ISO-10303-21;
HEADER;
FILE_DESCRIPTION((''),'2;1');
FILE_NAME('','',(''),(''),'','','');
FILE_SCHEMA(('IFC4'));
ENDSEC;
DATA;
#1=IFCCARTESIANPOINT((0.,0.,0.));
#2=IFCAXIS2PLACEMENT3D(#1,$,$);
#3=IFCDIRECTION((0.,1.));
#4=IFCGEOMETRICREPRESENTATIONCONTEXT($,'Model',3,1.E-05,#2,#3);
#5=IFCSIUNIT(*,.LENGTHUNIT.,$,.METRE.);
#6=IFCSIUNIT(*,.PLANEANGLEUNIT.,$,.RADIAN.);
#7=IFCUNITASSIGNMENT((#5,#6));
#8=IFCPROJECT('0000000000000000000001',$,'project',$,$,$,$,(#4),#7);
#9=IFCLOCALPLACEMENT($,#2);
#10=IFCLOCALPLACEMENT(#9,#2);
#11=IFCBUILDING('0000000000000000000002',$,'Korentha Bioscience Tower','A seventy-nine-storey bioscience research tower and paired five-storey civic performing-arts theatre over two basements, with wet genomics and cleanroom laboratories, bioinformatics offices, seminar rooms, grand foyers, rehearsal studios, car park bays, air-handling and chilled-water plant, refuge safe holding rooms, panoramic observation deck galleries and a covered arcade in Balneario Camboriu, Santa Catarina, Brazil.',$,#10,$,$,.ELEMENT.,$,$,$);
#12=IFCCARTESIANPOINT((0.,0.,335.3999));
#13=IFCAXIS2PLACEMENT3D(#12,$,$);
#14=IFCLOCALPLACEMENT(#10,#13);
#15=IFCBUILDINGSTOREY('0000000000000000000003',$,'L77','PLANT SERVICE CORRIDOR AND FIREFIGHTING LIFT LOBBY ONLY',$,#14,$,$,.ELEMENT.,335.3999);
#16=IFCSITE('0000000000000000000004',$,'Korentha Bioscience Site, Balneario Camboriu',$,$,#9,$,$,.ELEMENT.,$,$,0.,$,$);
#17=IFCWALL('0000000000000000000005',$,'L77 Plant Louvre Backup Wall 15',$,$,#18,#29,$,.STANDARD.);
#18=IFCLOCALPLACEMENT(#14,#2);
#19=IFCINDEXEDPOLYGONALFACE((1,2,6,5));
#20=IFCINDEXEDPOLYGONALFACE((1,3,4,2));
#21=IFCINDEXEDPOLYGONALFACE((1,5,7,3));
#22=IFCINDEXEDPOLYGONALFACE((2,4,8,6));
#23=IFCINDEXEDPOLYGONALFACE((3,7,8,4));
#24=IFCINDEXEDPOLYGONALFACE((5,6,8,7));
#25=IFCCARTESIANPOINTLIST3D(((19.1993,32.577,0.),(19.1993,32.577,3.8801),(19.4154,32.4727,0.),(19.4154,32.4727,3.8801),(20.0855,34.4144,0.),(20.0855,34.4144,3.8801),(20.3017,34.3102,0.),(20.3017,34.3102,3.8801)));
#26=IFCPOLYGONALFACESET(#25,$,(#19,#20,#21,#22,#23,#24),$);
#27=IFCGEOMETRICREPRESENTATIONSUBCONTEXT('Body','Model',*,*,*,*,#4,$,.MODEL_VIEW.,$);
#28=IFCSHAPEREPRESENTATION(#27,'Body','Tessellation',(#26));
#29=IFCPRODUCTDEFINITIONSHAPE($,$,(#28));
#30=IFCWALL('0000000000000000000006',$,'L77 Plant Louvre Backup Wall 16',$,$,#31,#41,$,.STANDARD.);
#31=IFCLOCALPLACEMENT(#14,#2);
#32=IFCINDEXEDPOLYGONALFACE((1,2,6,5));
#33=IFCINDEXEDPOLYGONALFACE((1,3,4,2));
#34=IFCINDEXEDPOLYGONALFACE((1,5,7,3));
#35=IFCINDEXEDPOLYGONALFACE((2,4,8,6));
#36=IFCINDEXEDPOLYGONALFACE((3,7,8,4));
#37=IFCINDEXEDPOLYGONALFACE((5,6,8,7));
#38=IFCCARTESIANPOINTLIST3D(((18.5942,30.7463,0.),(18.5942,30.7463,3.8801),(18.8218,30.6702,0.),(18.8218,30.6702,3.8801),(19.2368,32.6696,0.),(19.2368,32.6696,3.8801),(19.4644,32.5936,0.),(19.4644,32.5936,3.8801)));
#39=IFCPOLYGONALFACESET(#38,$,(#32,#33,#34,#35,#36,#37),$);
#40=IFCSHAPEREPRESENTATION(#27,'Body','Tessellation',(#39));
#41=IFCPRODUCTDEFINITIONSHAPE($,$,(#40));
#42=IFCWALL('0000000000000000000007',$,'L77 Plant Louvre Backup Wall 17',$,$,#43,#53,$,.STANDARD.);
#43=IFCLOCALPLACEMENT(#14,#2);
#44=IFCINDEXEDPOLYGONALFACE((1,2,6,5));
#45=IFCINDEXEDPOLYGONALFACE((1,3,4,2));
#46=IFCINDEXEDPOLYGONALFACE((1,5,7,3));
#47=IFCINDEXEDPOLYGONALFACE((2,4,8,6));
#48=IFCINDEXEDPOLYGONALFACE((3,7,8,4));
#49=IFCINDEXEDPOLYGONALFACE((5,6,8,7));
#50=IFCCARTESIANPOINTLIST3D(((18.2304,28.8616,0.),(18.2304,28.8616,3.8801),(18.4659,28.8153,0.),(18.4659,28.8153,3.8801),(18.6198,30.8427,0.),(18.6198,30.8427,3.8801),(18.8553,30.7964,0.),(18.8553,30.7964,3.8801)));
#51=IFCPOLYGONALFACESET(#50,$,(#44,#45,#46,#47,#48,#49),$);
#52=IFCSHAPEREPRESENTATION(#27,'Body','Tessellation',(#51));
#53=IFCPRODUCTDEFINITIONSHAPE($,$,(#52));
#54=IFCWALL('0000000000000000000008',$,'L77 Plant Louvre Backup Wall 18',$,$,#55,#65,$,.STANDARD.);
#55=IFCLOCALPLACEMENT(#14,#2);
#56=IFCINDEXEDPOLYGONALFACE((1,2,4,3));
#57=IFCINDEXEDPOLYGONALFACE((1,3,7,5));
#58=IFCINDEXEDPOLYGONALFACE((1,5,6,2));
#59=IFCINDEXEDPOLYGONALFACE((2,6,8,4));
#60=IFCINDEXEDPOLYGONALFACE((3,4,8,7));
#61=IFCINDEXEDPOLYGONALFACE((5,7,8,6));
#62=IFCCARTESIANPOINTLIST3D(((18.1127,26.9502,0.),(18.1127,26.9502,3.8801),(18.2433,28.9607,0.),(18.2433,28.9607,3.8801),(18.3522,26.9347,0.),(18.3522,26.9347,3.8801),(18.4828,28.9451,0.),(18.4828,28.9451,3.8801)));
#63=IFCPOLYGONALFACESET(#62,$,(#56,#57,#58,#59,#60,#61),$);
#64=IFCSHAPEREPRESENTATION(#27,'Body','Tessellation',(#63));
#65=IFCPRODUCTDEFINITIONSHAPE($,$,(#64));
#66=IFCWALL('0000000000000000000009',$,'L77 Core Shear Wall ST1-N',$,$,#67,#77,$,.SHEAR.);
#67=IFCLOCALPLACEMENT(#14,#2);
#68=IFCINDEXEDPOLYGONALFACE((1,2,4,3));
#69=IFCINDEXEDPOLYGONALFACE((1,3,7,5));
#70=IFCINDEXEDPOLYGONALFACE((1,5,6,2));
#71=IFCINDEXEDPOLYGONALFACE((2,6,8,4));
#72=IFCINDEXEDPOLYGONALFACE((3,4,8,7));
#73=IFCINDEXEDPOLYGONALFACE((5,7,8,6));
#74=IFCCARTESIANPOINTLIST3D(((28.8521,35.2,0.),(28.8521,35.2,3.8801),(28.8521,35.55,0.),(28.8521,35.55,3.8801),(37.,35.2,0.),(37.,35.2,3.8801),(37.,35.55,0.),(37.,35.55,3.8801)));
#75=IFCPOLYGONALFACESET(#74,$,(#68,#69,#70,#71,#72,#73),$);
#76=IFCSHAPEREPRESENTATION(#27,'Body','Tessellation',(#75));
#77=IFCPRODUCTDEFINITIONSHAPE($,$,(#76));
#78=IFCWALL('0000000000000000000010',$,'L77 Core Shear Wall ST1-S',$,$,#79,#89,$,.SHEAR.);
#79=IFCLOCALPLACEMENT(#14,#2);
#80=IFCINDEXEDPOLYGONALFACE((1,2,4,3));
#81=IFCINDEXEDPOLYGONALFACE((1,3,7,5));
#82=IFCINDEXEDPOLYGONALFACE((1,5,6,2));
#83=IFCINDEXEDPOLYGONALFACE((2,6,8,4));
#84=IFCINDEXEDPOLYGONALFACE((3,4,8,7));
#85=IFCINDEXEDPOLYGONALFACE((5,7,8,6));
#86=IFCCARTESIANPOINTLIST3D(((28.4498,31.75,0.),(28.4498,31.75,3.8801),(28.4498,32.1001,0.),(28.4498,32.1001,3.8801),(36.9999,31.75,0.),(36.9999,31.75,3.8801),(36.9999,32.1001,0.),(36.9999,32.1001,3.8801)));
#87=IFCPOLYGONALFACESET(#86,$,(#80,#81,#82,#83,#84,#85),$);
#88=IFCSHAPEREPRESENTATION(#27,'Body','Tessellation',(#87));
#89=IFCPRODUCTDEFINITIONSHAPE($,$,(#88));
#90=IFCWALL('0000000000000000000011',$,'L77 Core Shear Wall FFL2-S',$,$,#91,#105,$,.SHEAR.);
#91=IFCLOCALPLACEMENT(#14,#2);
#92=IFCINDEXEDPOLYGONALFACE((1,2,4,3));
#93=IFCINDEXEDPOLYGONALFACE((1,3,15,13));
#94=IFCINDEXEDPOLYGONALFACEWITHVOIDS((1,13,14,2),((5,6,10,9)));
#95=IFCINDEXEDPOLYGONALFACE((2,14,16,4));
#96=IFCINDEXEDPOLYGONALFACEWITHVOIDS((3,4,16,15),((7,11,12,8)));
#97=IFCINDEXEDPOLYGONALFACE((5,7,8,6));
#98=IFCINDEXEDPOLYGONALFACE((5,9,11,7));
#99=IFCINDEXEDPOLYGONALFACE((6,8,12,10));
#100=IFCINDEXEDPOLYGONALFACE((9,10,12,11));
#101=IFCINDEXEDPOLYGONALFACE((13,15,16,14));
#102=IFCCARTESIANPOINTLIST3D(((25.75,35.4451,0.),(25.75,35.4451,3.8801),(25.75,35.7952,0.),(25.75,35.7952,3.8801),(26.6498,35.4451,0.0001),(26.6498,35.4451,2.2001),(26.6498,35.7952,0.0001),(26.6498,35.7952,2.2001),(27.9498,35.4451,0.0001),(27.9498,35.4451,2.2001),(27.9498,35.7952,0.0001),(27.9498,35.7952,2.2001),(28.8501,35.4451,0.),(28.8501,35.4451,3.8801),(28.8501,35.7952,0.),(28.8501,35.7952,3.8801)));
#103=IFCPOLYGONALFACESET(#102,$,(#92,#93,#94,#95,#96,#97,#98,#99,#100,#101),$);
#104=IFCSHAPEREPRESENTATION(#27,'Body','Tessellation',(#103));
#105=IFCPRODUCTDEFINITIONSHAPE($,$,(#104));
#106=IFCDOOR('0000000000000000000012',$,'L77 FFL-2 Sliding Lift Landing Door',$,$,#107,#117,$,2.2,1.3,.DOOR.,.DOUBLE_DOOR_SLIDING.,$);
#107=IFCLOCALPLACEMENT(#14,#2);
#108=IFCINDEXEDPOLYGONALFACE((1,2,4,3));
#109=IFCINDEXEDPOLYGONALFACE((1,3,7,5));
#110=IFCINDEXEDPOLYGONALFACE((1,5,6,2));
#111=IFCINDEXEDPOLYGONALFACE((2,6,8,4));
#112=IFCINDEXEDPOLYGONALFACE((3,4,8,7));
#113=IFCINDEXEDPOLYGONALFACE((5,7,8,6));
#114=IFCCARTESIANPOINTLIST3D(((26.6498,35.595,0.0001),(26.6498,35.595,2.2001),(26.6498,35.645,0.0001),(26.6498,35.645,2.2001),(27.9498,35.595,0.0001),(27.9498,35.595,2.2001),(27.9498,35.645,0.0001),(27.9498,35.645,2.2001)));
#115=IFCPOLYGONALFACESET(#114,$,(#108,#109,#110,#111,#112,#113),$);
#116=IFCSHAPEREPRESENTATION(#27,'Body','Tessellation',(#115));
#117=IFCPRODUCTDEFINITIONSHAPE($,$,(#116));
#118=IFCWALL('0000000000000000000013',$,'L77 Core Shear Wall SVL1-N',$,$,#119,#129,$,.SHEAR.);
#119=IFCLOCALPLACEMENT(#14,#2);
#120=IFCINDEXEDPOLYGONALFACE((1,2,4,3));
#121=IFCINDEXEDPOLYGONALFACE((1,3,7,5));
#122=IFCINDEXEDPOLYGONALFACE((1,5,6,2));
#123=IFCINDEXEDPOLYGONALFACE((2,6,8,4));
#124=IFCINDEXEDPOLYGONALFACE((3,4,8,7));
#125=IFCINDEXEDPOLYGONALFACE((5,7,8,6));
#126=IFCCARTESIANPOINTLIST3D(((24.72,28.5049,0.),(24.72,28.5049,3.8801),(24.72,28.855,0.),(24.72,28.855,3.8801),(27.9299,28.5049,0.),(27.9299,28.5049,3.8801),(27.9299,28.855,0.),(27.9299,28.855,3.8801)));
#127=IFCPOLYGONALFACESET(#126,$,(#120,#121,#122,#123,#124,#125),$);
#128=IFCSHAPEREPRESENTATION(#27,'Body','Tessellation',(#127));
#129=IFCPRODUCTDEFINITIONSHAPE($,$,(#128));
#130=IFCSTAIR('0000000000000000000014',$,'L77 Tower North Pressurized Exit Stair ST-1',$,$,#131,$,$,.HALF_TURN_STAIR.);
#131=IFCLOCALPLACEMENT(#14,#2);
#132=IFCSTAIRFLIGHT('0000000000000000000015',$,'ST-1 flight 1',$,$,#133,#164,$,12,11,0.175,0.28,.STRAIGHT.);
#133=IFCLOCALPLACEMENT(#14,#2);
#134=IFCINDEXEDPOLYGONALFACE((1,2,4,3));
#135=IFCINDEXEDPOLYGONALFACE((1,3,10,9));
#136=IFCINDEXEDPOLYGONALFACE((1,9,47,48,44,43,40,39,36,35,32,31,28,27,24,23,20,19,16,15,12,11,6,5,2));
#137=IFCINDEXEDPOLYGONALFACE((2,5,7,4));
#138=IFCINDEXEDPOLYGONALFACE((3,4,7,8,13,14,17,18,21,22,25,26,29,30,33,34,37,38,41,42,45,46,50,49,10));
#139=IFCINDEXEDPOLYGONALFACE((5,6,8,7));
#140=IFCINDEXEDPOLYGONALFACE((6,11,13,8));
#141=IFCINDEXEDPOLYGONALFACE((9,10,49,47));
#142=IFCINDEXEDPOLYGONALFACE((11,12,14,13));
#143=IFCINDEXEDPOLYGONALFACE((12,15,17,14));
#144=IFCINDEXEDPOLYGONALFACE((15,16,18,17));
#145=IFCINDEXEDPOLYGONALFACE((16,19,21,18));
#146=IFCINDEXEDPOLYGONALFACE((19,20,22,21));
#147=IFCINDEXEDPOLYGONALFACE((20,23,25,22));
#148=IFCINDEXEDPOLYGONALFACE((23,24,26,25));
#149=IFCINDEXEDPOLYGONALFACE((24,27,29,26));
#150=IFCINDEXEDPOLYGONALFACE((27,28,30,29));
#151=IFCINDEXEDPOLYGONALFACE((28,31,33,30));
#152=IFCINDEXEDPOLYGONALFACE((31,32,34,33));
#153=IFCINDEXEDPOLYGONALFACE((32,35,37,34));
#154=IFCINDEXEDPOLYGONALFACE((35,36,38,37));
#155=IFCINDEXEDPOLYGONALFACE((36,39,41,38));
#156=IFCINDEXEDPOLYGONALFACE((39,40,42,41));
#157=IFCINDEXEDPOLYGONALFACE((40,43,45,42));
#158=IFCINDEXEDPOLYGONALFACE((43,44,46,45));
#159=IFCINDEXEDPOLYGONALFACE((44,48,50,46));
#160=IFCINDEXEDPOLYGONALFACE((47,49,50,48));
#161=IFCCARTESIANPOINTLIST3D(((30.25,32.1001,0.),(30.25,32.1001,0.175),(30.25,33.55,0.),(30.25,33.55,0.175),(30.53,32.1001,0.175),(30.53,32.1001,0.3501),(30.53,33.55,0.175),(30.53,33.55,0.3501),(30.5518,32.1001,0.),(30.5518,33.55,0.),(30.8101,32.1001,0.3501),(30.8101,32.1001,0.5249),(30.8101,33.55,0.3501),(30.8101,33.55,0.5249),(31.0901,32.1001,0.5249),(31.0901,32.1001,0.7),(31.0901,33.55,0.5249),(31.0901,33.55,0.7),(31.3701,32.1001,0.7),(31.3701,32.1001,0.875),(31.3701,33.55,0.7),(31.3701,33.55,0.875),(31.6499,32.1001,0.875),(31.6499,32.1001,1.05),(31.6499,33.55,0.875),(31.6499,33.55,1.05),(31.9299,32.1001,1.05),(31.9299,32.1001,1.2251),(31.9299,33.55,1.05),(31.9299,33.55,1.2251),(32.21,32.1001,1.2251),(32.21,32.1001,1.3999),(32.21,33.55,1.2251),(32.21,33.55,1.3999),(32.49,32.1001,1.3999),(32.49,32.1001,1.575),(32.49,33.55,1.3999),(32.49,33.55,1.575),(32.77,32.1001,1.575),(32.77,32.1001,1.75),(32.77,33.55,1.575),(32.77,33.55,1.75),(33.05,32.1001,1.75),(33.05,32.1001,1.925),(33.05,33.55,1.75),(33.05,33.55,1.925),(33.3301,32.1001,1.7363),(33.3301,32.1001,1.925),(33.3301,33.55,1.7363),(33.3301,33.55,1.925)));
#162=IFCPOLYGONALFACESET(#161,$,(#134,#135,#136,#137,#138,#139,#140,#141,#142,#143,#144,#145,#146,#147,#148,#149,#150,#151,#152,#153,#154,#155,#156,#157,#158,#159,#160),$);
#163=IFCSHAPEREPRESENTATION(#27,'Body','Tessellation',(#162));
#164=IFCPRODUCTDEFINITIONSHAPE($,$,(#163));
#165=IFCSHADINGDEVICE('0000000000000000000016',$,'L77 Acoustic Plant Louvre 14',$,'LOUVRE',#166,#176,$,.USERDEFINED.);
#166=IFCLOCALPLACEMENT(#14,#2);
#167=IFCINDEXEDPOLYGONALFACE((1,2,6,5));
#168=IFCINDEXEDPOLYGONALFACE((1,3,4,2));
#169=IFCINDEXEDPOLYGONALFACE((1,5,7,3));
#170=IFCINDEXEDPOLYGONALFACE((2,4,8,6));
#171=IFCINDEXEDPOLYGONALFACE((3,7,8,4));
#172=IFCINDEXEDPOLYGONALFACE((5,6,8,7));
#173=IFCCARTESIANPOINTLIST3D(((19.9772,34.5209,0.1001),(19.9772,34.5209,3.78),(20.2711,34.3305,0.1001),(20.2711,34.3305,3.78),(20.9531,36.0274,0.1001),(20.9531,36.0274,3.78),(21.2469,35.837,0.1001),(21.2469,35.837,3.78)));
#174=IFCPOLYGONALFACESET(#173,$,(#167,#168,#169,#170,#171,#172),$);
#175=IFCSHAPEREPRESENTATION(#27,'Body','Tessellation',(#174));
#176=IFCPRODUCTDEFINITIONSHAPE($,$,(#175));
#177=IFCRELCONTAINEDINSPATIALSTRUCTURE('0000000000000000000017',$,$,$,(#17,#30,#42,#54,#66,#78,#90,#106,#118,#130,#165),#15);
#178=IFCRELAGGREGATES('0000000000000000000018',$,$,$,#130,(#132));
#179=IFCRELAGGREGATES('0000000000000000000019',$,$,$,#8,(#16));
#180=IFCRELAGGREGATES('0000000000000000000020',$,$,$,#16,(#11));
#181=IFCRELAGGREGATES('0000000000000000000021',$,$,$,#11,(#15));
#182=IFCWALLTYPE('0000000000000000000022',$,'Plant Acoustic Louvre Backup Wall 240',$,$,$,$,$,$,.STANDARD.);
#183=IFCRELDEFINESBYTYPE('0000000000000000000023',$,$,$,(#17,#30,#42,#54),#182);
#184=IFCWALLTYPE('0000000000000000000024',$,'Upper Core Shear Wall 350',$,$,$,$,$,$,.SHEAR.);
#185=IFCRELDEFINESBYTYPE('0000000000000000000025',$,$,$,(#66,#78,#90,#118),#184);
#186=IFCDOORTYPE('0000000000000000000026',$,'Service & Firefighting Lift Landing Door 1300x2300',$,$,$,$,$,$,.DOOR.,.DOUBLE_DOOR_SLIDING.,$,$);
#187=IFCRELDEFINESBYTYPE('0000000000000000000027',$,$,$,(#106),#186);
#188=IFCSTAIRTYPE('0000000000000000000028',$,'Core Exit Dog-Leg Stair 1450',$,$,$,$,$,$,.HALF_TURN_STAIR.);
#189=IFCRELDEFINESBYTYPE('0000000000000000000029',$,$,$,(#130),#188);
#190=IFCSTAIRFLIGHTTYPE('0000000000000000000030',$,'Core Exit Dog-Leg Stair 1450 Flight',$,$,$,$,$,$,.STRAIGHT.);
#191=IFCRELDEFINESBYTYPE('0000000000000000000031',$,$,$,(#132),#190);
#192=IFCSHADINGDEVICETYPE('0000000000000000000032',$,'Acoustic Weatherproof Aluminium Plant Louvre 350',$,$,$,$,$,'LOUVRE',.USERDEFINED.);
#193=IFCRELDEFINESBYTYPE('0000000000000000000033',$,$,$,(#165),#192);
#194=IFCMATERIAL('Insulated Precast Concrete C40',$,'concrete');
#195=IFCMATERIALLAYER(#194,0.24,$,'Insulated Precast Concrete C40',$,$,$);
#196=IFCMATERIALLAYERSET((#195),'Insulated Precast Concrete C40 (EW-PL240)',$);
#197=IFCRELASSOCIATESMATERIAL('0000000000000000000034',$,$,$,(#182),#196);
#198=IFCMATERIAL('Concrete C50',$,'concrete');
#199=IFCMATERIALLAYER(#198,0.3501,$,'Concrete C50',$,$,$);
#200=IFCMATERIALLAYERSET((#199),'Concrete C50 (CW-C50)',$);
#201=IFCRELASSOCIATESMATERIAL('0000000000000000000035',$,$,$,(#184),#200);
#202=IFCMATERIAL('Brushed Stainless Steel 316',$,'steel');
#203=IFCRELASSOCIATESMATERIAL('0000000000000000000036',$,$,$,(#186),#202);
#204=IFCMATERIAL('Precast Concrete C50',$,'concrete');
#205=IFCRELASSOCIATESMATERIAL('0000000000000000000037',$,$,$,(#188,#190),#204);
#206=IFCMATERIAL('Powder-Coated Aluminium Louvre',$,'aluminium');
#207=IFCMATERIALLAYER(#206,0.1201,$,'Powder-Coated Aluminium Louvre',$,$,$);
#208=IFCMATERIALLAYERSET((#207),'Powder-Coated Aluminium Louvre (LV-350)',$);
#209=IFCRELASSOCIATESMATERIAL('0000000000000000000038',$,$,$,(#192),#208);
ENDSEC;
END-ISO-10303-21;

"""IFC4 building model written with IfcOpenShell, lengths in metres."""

from ifc_helpers import new_model, si_unit, direction, frame, frame_2d, origin, origin_2d, place, context, subcontext, project, spatial, polyline, rectangle, outline, extrude, material, layer, layer_set, type_object, element, fill, aggregate, save


model = new_model("IFC4")

# Units and contexts
model_context = context("Model", 3, precision=1e-05, world=origin(), true_north=direction((0.0, 1.0)))
body_context = subcontext(model_context, "Body", "Model", "MODEL_VIEW")
ifc_project = project(units=[si_unit("LENGTHUNIT", "METRE"), si_unit("PLANEANGLEUNIT", "RADIAN")], contexts=[model_context])

# Site, building, storey
site_placement = place(None, origin())
site = spatial("IfcSite", under=ifc_project, at=site_placement, Name="Korentha Bioscience Site, Balneario Camboriu", CompositionType="ELEMENT", RefElevation=0.0)
building_placement = place(site_placement, origin())
building = spatial("IfcBuilding", under=site, at=building_placement, Name="Korentha Bioscience Tower", Description="A seventy-nine-storey bioscience research tower and paired five-storey civic performing-arts theatre over two basements, with wet genomics and cleanroom laboratories, bioinformatics offices, seminar rooms, grand foyers, rehearsal studios, car park bays, air-handling and chilled-water plant, refuge safe holding rooms, panoramic observation deck galleries and a covered arcade in Balneario Camboriu, Santa Catarina, Brazil.", CompositionType="ELEMENT")
storey_placement = place(building_placement, frame((0.0, 0.0, 335.3999)))
storey = spatial("IfcBuildingStorey", under=building, at=storey_placement, Name="L77", Description="PLANT SERVICE CORRIDOR AND FIREFIGHTING LIFT LOBBY ONLY", CompositionType="ELEMENT", Elevation=335.3999)

# Shared definitions
ifc_material_1 = material(Name="Concrete C50", Category="concrete")

# Walls
ifc_material_2 = material(Name="Insulated Precast Concrete C40", Category="concrete")
ifc_layer_1 = layer(ifc_material_2, 0.24, Name="Insulated Precast Concrete C40")
ifc_layer_set_1 = layer_set([ifc_layer_1], Name="Insulated Precast Concrete C40 (EW-PL240)")
wall_type_1 = type_object("IfcWallType", Name="Plant Acoustic Louvre Backup Wall 240", PredefinedType="STANDARD", material=ifc_layer_set_1)
wall_1_placement = place(storey_placement, frame((20.1936, 34.3623, 0.0), z_axis=(0.0, 0.0, 1.0), x_axis=(-0.434434, -0.900703, 0.0)))
element("IfcWall", 1, at=wall_1_placement, inside=storey, type_object=wall_type_1, Name="L77 Plant Louvre Backup Wall 15", PredefinedType="STANDARD", context=body_context, shape_type="SweptSolid", body=[
    extrude(rectangle(XDim=2.04, YDim=0.24, at=frame_2d((1.02, 0.0))), origin(), (0.0, 0.0, 1.0), 3.8801),
])
wall_2_placement = place(storey_placement, frame((19.3506, 32.6316, 0.0), z_axis=(0.0, 0.0, 1.0), x_axis=(-0.316878, -0.948466, 0.0)))
element("IfcWall", 2, at=wall_2_placement, inside=storey, type_object=wall_type_1, Name="L77 Plant Louvre Backup Wall 16", PredefinedType="STANDARD", context=body_context, shape_type="SweptSolid", body=[
    extrude(rectangle(XDim=2.0278, YDim=0.24, at=frame_2d((1.0139, 0.0))), origin(), (0.0, 0.0, 1.0), 3.8801),
])
wall_3_placement = place(storey_placement, frame((18.7375, 30.8196, 0.0), z_axis=(0.0, 0.0, 1.0), x_axis=(-0.19286, -0.981226, 0.0)))
element("IfcWall", 3, at=wall_3_placement, inside=storey, type_object=wall_type_1, Name="L77 Plant Louvre Backup Wall 17", PredefinedType="STANDARD", context=body_context, shape_type="SweptSolid", body=[
    extrude(rectangle(XDim=2.019, YDim=0.24, at=frame_2d((1.0095, 0.0))), origin(), (0.0, 0.0, 1.0), 3.8801),
])
wall_4_placement = place(storey_placement, frame((18.363, 28.9529, 0.0), z_axis=(0.0, 0.0, 1.0), x_axis=(-0.06483, -0.997896, 0.0)))
element("IfcWall", 4, at=wall_4_placement, inside=storey, type_object=wall_type_1, Name="L77 Plant Louvre Backup Wall 18", PredefinedType="STANDARD", context=body_context, shape_type="SweptSolid", body=[
    extrude(rectangle(XDim=2.0146, YDim=0.24, at=frame_2d((1.0073, 0.0))), origin(), (0.0, 0.0, 1.0), 3.8801),
])
ifc_layer_2 = layer(ifc_material_1, 0.3501, Name="Concrete C50")
ifc_layer_set_2 = layer_set([ifc_layer_2], Name="Concrete C50 (CW-C50)")
wall_type_2 = type_object("IfcWallType", Name="Upper Core Shear Wall 350", PredefinedType="SHEAR", material=ifc_layer_set_2)
wall_5_placement = place(storey_placement, frame((28.8521, 35.375, 0.0), z_axis=(0.0, 0.0, 1.0), x_axis=(1.0, 0.0, 0.0)))
element("IfcWall", 5, at=wall_5_placement, inside=storey, type_object=wall_type_2, Name="L77 Core Shear Wall ST1-N", PredefinedType="SHEAR", context=body_context, shape_type="SweptSolid", body=[
    extrude(rectangle(XDim=8.1479, YDim=0.3501, at=frame_2d((4.074, 0.0))), origin(), (0.0, 0.0, 1.0), 3.8801),
])
wall_6_placement = place(storey_placement, frame((28.45, 31.925, 0.0), z_axis=(0.0, 0.0, 1.0), x_axis=(1.0, 0.0, 0.0)))
element("IfcWall", 6, at=wall_6_placement, inside=storey, type_object=wall_type_2, Name="L77 Core Shear Wall ST1-S", PredefinedType="SHEAR", context=body_context, shape_type="SweptSolid", body=[
    extrude(rectangle(XDim=8.55, YDim=0.3501, at=frame_2d((4.2749, 0.0))), origin(), (0.0, 0.0, 1.0), 3.8801),
])

# Wall, opening, door
wall_7_placement = place(storey_placement, frame((25.75, 35.6201, 0.0), z_axis=(0.0, 0.0, 1.0), x_axis=(1.0, 0.0, 0.0)))
wall_7 = element("IfcWall", 7, at=wall_7_placement, inside=storey, type_object=wall_type_2, Name="L77 Core Shear Wall FFL2-S", PredefinedType="SHEAR", context=body_context, shape_type="SweptSolid", body=[
    extrude(rectangle(XDim=3.1001, YDim=0.3501, at=frame_2d((1.55, 0.0))), origin(), (0.0, 0.0, 1.0), 3.8801),
])
opening_1_placement = place(wall_7_placement, frame((0.8999, 0.0, 0.0)))
opening_1 = element("IfcOpeningElement", 8, at=opening_1_placement, cuts=wall_7, PredefinedType="OPENING", context=body_context, shape_type="SweptSolid", body=[
    extrude(rectangle(XDim=1.3, YDim=2.2, at=frame_2d((0.6499, 1.1001))), frame((0.0, 0.1899, 0.0), z_axis=(0.0, -1.0, 0.0), x_axis=(1.0, 0.0, 0.0)), (0.0, 0.0, 1.0), 0.3799),
])
ifc_material_3 = material(Name="Brushed Stainless Steel 316", Category="steel")
door_type_1 = type_object("IfcDoorType", Name="Service & Firefighting Lift Landing Door 1300x2300", OperationType="DOUBLE_DOOR_SLIDING", PredefinedType="DOOR", material=ifc_material_3)
door_1_placement = place(opening_1_placement, origin())
door_1 = element("IfcDoor", 9, at=door_1_placement, inside=storey, type_object=door_type_1, Name="L77 FFL-2 Sliding Lift Landing Door", OperationType="DOUBLE_DOOR_SLIDING", OverallHeight=2.2, OverallWidth=1.3, PredefinedType="DOOR", context=body_context, shape_type="SweptSolid", body=[
    extrude(rectangle(XDim=1.3, YDim=2.2, at=frame_2d((0.6499, 1.1001))), frame((0.0, 0.0249, 0.0), z_axis=(0.0, -1.0, 0.0), x_axis=(1.0, 0.0, 0.0)), (0.0, 0.0, 1.0), 0.05),
])
fill(opening_1, door_1)

# Wall
wall_8_placement = place(storey_placement, frame((24.72, 28.6799, 0.0), z_axis=(0.0, 0.0, 1.0), x_axis=(1.0, 0.0, 0.0)))
element("IfcWall", 10, at=wall_8_placement, inside=storey, type_object=wall_type_2, Name="L77 Core Shear Wall SVL1-N", PredefinedType="SHEAR", context=body_context, shape_type="SweptSolid", body=[
    extrude(rectangle(XDim=3.21, YDim=0.3501, at=frame_2d((1.605, 0.0))), origin(), (0.0, 0.0, 1.0), 3.8801),
])

# Stair, stair flight
ifc_material_4 = material(Name="Precast Concrete C50", Category="concrete")
stair_type = type_object("IfcStairType", Name="Core Exit Dog-Leg Stair 1450", PredefinedType="HALF_TURN_STAIR", material=ifc_material_4)
stair_placement = place(storey_placement, origin())
stair = element("IfcStair", 11, at=stair_placement, inside=storey, type_object=stair_type, Name="L77 Tower North Pressurized Exit Stair ST-1", PredefinedType="HALF_TURN_STAIR")
stair_flight_type = type_object("IfcStairFlightType", Name="Core Exit Dog-Leg Stair 1450 Flight", PredefinedType="STRAIGHT", material=ifc_material_4)
stair_flight_placement = place(storey_placement, frame((30.25, 32.825, 0.0), z_axis=(0.0, 0.0, 1.0), x_axis=(1.0, 0.0, 0.0)))
stair_flight = element("IfcStairFlight", 12, at=stair_flight_placement, type_object=stair_flight_type, Name="ST-1 flight 1", NumberOfRisers=12, NumberOfTreads=11, PredefinedType="STRAIGHT", RiserHeight=0.175, TreadLength=0.28, context=body_context, shape_type="SweptSolid", body=[
    extrude(outline(polyline([(0.0, 0.0), (0.0, 0.175), (0.28, 0.175), (0.28, 0.3501), (0.5601, 0.3501), (0.5601, 0.5249), (0.8401, 0.5249), (0.8401, 0.7), (1.1201, 0.7), (1.1201, 0.875), (1.3999, 0.875), (1.3999, 1.05), (1.6799, 1.05), (1.6799, 1.2251), (1.96, 1.2251), (1.96, 1.3999), (2.24, 1.3999), (2.24, 1.575), (2.52, 1.575), (2.52, 1.75), (2.8, 1.75), (2.8, 1.925), (3.0801, 1.925), (3.0801, 2.1001), (3.0801, 1.7363), (0.3018, 0.0), (0.0, 0.0)])), frame((0.0, 0.7251, 0.0), z_axis=(0.0, -1.0, 0.0), x_axis=(1.0, 0.0, 0.0)), (0.0, 0.0, 1.0), 1.45),
])
aggregate(stair, [stair_flight])

# Shading device
ifc_material_5 = material(Name="Powder-Coated Aluminium Louvre", Category="aluminium")
ifc_layer_3 = layer(ifc_material_5, 0.1201, Name="Powder-Coated Aluminium Louvre")
ifc_layer_set_3 = layer_set([ifc_layer_3], Name="Powder-Coated Aluminium Louvre (LV-350)")
shading_device_type = type_object("IfcShadingDeviceType", Name="Acoustic Weatherproof Aluminium Plant Louvre 350", ElementType="LOUVRE", PredefinedType="USERDEFINED", material=ifc_layer_set_3)
shading_device_1_placement = place(storey_placement, frame((20.6121, 35.179, 0.1001), z_axis=(0.0, 0.0, 1.0), x_axis=(-0.543673, -0.839297, 0.0)))
element("IfcShadingDevice", 13, at=shading_device_1_placement, inside=storey, type_object=shading_device_type, Name="L77 Acoustic Plant Louvre 14", ObjectType="LOUVRE", PredefinedType="USERDEFINED", context=body_context, shape_type="SweptSolid", body=[
    extrude(rectangle(XDim=1.7949, YDim=0.3501, at=origin_2d()), origin(), (0.0, 0.0, 1.0), 3.6799),
])

save(model, "model.ifc")
